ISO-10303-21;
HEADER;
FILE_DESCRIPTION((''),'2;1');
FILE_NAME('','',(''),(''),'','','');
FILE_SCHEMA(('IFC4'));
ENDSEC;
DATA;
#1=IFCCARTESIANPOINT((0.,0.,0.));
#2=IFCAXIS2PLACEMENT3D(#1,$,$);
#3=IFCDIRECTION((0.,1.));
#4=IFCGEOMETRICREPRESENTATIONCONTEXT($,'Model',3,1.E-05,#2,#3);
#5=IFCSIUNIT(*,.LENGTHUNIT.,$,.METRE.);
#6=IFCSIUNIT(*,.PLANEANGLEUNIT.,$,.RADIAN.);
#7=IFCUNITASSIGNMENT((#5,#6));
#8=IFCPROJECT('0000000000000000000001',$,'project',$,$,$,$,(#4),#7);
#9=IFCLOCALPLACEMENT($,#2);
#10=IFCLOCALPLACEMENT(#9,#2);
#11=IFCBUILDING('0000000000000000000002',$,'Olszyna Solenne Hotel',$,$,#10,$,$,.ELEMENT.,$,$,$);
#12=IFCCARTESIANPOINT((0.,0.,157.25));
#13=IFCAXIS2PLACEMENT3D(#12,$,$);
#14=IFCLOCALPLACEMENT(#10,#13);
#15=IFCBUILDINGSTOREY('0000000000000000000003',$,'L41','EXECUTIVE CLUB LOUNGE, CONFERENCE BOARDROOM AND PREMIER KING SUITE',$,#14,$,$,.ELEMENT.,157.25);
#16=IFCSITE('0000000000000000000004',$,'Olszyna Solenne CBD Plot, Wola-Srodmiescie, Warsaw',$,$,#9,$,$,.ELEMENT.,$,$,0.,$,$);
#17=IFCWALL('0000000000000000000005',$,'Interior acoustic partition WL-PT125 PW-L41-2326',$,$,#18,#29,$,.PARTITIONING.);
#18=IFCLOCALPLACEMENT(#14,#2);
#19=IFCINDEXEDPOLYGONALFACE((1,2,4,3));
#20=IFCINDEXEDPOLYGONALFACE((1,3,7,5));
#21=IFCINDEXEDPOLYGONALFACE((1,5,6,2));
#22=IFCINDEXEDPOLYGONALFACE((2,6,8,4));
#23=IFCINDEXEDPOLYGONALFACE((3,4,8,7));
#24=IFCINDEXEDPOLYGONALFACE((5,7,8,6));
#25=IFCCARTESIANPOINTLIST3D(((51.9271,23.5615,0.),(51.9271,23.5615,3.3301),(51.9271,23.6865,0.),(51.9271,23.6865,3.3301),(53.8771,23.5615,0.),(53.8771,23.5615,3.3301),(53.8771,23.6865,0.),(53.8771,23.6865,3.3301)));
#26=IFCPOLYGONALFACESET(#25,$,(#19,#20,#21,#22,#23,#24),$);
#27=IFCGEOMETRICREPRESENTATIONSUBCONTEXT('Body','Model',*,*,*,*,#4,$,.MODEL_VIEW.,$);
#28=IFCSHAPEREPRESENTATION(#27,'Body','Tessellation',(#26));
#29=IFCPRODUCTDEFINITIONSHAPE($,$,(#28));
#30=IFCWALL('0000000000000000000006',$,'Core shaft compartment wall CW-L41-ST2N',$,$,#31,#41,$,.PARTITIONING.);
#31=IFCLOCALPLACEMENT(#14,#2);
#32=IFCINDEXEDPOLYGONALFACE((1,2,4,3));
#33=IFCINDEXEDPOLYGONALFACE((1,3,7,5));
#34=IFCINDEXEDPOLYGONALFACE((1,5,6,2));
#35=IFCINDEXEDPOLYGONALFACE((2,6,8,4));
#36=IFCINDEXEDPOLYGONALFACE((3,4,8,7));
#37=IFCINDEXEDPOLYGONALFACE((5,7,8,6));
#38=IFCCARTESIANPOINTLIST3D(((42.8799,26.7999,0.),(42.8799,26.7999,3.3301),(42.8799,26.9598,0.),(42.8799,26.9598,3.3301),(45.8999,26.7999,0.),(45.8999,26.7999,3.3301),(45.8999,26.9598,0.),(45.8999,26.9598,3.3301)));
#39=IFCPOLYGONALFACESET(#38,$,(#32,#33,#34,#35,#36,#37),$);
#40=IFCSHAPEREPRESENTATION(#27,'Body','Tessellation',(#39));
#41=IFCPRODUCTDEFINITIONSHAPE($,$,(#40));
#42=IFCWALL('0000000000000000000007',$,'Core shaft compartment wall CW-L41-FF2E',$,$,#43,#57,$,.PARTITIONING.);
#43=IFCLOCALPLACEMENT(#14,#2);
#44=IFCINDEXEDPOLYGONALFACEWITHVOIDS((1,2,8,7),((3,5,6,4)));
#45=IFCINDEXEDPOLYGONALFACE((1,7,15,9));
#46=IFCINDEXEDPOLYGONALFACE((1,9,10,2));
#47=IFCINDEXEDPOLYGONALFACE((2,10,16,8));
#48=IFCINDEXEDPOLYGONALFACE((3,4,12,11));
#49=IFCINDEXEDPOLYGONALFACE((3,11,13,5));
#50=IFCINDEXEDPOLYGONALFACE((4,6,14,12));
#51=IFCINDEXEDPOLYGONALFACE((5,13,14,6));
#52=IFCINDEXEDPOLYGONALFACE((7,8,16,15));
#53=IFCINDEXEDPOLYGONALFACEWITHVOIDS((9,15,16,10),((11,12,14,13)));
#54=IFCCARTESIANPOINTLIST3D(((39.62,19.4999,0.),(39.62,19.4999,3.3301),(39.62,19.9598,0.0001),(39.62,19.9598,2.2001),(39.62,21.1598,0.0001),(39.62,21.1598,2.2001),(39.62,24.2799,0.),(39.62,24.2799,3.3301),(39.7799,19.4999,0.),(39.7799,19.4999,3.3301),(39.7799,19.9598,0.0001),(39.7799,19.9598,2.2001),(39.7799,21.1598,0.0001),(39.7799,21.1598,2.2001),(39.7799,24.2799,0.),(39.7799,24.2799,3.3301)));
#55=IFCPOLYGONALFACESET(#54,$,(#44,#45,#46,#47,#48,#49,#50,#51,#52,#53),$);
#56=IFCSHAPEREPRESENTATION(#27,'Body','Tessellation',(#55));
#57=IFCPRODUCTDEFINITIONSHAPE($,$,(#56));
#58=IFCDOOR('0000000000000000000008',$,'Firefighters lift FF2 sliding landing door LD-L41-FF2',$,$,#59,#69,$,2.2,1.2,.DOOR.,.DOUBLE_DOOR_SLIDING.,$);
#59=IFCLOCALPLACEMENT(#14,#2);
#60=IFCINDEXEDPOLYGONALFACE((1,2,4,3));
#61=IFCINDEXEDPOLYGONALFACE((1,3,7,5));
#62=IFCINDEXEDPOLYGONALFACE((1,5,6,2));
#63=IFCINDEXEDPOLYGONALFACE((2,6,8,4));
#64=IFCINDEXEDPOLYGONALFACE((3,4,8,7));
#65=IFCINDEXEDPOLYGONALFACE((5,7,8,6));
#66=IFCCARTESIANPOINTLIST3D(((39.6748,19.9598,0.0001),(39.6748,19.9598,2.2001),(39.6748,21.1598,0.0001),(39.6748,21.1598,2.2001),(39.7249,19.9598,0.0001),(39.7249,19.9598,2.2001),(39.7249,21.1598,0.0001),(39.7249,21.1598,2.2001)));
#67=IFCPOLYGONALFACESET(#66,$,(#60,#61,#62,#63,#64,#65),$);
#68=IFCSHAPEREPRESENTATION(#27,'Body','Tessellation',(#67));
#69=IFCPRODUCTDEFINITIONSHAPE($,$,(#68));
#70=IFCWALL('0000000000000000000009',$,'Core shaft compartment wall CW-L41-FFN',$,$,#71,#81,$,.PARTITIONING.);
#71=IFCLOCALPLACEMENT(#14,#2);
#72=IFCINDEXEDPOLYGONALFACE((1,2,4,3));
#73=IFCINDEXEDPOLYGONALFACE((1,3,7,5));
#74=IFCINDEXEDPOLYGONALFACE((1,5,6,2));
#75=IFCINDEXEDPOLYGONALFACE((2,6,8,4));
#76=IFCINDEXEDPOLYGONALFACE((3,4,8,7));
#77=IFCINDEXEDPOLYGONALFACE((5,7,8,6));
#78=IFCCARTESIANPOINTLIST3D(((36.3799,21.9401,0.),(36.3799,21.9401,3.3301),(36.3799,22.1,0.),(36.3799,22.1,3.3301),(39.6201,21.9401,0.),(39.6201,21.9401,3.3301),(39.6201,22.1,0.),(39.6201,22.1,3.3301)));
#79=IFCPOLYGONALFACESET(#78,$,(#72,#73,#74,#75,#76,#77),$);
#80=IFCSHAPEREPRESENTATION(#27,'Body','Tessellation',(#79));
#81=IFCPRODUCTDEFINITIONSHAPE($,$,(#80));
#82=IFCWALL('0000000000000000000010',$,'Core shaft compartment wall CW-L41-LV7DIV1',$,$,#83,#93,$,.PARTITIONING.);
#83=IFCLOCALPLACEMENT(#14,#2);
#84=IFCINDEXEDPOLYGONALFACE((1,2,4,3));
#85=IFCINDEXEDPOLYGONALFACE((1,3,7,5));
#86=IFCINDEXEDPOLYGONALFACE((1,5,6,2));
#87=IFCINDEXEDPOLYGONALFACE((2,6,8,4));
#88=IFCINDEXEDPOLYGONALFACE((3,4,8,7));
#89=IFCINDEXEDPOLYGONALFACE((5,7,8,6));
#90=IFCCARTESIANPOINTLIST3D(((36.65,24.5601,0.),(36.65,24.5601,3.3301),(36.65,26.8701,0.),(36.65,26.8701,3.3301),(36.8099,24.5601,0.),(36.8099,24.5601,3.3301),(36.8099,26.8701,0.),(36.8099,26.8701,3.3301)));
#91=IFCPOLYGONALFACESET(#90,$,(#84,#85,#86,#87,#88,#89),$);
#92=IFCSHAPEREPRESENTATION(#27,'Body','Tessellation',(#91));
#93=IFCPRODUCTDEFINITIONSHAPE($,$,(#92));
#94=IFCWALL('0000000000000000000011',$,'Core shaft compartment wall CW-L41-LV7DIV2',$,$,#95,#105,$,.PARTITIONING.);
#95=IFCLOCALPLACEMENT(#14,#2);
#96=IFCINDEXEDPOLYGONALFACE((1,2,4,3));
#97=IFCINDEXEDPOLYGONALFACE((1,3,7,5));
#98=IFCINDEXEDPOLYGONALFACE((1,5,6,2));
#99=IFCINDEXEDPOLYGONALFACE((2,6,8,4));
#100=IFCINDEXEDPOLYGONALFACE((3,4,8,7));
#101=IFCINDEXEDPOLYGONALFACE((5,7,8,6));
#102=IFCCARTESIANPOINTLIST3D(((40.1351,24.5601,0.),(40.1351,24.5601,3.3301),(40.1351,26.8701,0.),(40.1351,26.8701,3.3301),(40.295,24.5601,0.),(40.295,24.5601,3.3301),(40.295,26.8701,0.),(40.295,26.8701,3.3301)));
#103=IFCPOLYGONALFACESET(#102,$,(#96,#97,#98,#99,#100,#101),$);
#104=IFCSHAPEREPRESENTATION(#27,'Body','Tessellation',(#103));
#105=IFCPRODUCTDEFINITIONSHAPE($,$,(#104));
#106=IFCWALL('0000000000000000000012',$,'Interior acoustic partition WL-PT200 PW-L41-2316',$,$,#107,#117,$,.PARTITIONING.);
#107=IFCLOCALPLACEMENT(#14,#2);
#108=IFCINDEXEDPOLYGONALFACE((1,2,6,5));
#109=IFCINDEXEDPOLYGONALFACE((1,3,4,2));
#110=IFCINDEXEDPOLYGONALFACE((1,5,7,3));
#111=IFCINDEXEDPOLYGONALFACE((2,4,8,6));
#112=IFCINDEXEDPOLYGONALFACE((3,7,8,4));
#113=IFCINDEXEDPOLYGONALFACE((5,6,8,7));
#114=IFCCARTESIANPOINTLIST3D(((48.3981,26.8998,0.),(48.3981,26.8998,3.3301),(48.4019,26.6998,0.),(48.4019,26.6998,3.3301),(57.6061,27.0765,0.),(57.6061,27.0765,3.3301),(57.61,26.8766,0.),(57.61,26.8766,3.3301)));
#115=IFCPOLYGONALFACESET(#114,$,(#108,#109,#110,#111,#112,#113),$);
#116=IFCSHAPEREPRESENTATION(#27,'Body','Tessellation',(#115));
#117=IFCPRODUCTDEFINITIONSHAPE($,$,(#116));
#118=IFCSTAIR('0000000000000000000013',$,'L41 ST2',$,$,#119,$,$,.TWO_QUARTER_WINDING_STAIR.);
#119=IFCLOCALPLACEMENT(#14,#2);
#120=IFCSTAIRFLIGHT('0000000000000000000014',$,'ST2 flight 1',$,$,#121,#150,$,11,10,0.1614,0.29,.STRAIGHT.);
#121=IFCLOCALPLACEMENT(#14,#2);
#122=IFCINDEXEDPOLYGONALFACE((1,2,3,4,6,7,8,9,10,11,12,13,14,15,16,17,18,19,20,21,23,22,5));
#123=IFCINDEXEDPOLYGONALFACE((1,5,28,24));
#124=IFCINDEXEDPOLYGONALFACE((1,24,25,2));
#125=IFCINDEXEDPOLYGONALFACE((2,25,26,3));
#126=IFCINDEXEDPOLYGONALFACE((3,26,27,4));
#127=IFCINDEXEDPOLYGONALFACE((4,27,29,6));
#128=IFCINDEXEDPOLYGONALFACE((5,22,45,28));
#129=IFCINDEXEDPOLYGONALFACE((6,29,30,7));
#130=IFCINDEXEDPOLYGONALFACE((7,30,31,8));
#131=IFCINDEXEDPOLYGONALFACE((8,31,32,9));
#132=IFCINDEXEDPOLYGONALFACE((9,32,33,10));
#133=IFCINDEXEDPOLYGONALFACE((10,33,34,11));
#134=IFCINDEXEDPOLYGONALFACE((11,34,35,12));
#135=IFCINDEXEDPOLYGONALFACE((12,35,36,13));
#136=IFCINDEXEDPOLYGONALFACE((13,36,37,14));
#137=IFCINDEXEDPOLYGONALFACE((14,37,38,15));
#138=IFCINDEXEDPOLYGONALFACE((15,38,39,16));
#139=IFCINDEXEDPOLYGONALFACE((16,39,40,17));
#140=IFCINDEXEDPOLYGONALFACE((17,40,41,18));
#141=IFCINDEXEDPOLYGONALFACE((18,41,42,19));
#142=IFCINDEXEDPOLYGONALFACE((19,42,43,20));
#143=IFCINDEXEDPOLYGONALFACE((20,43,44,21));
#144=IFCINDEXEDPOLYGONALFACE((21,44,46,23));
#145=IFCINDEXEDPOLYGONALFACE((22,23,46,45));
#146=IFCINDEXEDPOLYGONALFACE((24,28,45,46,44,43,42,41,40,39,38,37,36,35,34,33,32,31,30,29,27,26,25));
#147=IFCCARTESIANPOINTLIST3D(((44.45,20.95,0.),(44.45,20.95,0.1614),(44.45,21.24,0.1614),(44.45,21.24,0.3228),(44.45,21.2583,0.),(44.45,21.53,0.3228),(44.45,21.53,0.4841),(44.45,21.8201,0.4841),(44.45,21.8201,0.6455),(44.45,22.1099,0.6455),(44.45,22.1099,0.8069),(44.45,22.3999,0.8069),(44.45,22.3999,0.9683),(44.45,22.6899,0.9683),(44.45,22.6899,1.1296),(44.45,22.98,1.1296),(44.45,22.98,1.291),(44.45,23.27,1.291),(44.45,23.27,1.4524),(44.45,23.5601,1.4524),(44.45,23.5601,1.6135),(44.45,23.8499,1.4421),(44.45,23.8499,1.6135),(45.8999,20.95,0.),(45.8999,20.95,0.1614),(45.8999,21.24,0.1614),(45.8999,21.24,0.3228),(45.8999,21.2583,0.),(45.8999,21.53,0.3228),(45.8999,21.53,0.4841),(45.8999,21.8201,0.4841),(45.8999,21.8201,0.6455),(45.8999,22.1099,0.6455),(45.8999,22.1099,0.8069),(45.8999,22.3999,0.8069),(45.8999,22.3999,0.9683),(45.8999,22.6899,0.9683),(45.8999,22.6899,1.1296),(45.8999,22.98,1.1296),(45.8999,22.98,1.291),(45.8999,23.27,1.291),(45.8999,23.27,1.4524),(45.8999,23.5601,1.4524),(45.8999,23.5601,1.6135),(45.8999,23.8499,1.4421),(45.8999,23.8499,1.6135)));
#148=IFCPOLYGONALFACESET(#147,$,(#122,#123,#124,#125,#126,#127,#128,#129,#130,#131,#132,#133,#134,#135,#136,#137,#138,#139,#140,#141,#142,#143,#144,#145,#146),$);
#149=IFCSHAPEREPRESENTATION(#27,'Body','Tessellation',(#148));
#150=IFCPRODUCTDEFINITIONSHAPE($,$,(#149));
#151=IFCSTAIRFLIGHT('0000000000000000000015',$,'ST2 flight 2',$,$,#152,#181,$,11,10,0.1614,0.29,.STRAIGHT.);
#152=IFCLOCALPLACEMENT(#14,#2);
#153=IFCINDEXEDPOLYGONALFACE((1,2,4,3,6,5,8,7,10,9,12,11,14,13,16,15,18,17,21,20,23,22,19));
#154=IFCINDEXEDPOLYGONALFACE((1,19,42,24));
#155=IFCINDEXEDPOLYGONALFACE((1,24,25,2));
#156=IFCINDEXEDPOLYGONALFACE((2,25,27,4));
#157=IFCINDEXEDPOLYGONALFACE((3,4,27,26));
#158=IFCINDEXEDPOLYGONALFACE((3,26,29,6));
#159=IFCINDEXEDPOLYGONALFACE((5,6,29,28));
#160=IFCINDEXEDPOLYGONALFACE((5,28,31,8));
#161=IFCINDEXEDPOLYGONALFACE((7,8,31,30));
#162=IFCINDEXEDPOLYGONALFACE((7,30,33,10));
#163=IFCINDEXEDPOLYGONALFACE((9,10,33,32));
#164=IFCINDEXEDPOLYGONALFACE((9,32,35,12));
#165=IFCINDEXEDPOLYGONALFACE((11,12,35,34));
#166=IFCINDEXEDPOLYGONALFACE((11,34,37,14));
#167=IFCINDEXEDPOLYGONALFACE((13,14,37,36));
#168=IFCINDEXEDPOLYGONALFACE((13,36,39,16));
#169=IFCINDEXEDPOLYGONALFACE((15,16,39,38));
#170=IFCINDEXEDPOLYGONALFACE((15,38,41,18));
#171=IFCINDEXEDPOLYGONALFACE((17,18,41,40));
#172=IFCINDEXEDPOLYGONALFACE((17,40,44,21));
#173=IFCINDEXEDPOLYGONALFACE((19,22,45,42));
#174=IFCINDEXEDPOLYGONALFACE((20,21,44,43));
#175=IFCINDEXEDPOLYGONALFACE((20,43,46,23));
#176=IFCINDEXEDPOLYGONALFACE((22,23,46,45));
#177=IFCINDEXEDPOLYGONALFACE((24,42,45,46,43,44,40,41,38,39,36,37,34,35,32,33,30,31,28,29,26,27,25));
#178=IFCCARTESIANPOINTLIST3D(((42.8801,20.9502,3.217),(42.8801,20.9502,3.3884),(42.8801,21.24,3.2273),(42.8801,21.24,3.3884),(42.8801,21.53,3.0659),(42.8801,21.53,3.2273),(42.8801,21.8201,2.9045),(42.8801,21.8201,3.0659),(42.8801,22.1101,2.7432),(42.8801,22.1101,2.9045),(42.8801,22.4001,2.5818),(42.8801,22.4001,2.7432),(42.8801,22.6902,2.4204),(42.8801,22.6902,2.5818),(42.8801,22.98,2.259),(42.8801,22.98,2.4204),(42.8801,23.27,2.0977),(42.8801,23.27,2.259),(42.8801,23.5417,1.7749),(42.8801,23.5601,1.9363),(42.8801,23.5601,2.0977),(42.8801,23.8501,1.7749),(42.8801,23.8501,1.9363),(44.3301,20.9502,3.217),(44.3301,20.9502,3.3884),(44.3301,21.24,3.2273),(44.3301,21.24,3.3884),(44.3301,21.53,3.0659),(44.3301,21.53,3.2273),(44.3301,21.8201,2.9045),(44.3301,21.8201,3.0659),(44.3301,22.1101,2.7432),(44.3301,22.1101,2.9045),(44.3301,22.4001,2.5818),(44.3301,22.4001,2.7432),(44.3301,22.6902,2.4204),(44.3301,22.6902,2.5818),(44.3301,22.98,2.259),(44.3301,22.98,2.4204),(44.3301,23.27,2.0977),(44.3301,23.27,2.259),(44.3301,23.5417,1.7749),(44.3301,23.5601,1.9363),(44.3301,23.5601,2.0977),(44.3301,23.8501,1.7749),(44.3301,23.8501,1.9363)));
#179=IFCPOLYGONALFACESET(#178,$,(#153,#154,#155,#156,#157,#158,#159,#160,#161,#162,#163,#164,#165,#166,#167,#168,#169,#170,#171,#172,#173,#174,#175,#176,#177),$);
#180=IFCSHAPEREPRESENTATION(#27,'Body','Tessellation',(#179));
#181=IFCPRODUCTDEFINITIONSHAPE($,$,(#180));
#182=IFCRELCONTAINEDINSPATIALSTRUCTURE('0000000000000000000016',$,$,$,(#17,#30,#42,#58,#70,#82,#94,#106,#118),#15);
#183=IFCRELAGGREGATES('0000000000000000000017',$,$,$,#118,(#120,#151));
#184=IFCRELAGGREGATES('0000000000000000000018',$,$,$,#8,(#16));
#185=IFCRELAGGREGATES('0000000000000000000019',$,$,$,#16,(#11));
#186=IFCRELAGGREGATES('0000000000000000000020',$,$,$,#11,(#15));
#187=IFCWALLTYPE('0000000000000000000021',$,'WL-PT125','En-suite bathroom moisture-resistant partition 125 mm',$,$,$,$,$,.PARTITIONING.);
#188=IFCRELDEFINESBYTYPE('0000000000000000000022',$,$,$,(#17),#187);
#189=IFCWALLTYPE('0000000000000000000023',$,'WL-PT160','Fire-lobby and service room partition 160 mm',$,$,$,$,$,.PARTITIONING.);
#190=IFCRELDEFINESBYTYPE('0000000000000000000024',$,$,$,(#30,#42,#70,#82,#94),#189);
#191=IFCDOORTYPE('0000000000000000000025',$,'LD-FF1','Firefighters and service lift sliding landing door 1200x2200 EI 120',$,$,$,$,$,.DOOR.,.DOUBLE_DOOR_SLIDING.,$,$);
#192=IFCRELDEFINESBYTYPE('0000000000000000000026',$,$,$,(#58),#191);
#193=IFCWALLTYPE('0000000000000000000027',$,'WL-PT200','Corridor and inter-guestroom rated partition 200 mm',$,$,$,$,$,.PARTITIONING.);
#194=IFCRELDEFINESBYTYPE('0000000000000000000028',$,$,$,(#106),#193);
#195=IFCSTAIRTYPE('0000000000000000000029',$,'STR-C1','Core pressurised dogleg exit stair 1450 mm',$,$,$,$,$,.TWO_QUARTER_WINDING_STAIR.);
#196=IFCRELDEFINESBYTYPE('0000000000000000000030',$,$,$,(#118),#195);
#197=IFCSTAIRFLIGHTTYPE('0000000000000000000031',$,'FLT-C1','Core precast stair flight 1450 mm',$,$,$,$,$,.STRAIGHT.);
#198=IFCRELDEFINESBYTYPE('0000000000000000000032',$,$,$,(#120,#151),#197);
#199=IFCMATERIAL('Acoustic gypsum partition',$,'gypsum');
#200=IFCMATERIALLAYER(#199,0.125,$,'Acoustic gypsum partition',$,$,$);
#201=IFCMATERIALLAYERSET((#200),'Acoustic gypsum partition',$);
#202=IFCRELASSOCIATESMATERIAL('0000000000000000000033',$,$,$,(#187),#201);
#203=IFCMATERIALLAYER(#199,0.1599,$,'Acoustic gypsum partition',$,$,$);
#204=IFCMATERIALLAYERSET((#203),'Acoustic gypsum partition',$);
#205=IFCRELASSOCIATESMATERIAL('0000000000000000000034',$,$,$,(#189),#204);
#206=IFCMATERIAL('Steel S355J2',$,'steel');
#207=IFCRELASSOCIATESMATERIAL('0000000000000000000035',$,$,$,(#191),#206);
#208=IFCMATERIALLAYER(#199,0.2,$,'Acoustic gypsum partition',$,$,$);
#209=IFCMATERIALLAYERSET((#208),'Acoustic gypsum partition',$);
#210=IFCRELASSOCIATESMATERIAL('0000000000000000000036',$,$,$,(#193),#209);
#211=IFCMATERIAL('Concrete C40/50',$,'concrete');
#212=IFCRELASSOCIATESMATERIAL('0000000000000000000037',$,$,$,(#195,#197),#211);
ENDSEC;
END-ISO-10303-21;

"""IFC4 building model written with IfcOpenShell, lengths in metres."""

from ifc_helpers import new_model, si_unit, direction, frame, frame_2d, origin, place, context, subcontext, project, spatial, polyline, rectangle, outline, extrude, source, transform, mapped, material, layer, layer_set, type_object, type_shapes, element, fill, aggregate, save


model = new_model("IFC4")

# Units and contexts
model_context = context("Model", 3, precision=1e-05, world=origin(), true_north=direction((0.0, 1.0)))
body_context = subcontext(model_context, "Body", "Model", "MODEL_VIEW")
ifc_project = project(units=[si_unit("LENGTHUNIT", "METRE"), si_unit("PLANEANGLEUNIT", "RADIAN")], contexts=[model_context])

# Site, building, storey
site_placement = place(None, origin())
site = spatial("IfcSite", under=ifc_project, at=site_placement, Name="Olszyna Solenne CBD Plot, Wola-Srodmiescie, Warsaw", CompositionType="ELEMENT", RefElevation=0.0)
building_placement = place(site_placement, origin())
building = spatial("IfcBuilding", under=site, at=building_placement, Name="Olszyna Solenne Hotel", CompositionType="ELEMENT")
storey_placement = place(building_placement, frame((0.0, 0.0, 157.25)))
storey = spatial("IfcBuildingStorey", under=building, at=storey_placement, Name="L41", Description="EXECUTIVE CLUB LOUNGE, CONFERENCE BOARDROOM AND PREMIER KING SUITE", CompositionType="ELEMENT", Elevation=157.25)

# Shared definitions
ifc_material_1 = material(Name="Steel S355J2", Category="steel")

# Shared definitions
ifc_material_2 = material(Name="Acoustic gypsum partition", Category="gypsum")
ifc_layer_1 = layer(ifc_material_2, 0.125, Name="Acoustic gypsum partition")
ifc_layer_set_1 = layer_set([ifc_layer_1], Name="Acoustic gypsum partition")
wall_type_1 = type_object("IfcWallType", Name="WL-PT125", Description="En-suite bathroom moisture-resistant partition 125 mm", PredefinedType="PARTITIONING", material=ifc_layer_set_1)

# Walls
wall_1_placement = place(storey_placement, frame((51.927, 23.624, 0.0), z_axis=(0.0, 0.0, 1.0), x_axis=(1.0, 0.0, 0.0)))
element("IfcWall", 1, at=wall_1_placement, inside=storey, type_object=wall_type_1, Name="Interior acoustic partition WL-PT125 PW-L41-2326", PredefinedType="PARTITIONING", context=body_context, shape_type="SweptSolid", body=[
    extrude(rectangle(XDim=1.95, YDim=0.125, at=frame_2d((0.9751, 0.0))), origin(), (0.0, 0.0, 1.0), 3.3301),
])
ifc_layer_2 = layer(ifc_material_2, 0.1599, Name="Acoustic gypsum partition")
ifc_layer_set_2 = layer_set([ifc_layer_2], Name="Acoustic gypsum partition")
wall_type_2 = type_object("IfcWallType", Name="WL-PT160", Description="Fire-lobby and service room partition 160 mm", PredefinedType="PARTITIONING", material=ifc_layer_set_2)
wall_2_placement = place(storey_placement, frame((42.8799, 26.8799, 0.0), z_axis=(0.0, 0.0, 1.0), x_axis=(1.0, 0.0, 0.0)))
element("IfcWall", 2, at=wall_2_placement, inside=storey, type_object=wall_type_2, Name="Core shaft compartment wall CW-L41-ST2N", PredefinedType="PARTITIONING", context=body_context, shape_type="SweptSolid", body=[
    extrude(rectangle(XDim=3.02, YDim=0.1599, at=frame_2d((1.51, 0.0))), origin(), (0.0, 0.0, 1.0), 3.3301),
])

# Wall, opening, door
wall_3_placement = place(storey_placement, frame((39.7, 24.28, 0.0), z_axis=(0.0, 0.0, 1.0), x_axis=(0.0, -1.0, 0.0)))
wall_3 = element("IfcWall", 3, at=wall_3_placement, inside=storey, type_object=wall_type_2, Name="Core shaft compartment wall CW-L41-FF2E", PredefinedType="PARTITIONING", context=body_context, shape_type="SweptSolid", body=[
    extrude(rectangle(XDim=4.78, YDim=0.1599, at=frame_2d((2.3901, 0.0))), origin(), (0.0, 0.0, 1.0), 3.3301),
])
opening_1_placement = place(wall_3_placement, frame((3.1201, 0.0, 0.0)))
opening_1 = element("IfcOpeningElement", 4, at=opening_1_placement, cuts=wall_3, PredefinedType="OPENING", context=body_context, shape_type="SweptSolid", body=[
    extrude(rectangle(XDim=1.2, YDim=2.2, at=frame_2d((0.6001, 1.1001))), frame((0.0, 0.0898, 0.0), z_axis=(0.0, -1.0, 0.0), x_axis=(1.0, 0.0, 0.0)), (0.0, 0.0, 1.0), 0.1799),
])
door_type_1 = type_object("IfcDoorType", Name="LD-FF1", Description="Firefighters and service lift sliding landing door 1200x2200 EI 120", OperationType="DOUBLE_DOOR_SLIDING", PredefinedType="DOOR", material=ifc_material_1)
shared_shape_1 = source(origin(), body_context, "Body", "SweptSolid", [
    extrude(rectangle(XDim=1.2, YDim=2.2, at=frame_2d((0.6001, 1.1001))), frame((0.0, 0.0249, 0.0), z_axis=(0.0, -1.0, 0.0), x_axis=(1.0, 0.0, 0.0)), (0.0, 0.0, 1.0), 0.05),
])
type_shapes(door_type_1, [shared_shape_1])
door_1_placement = place(opening_1_placement, origin())
door_1 = element("IfcDoor", 5, at=door_1_placement, inside=storey, type_object=door_type_1, Name="Firefighters lift FF2 sliding landing door LD-L41-FF2", OperationType="DOUBLE_DOOR_SLIDING", OverallHeight=2.2, OverallWidth=1.2, PredefinedType="DOOR", context=body_context, shape_type="MappedRepresentation", body=[
    mapped(shared_shape_1, transform((0.0, 0.0, 0.0), x_axis=(1.0, 0.0, 0.0), y_axis=(0.0, 1.0, 0.0), z_axis=(0.0, 0.0, 1.0), scale=1.0)),
])
fill(opening_1, door_1)

# Walls
wall_4_placement = place(storey_placement, frame((36.3799, 22.02, 0.0), z_axis=(0.0, 0.0, 1.0), x_axis=(1.0, 0.0, 0.0)))
element("IfcWall", 6, at=wall_4_placement, inside=storey, type_object=wall_type_2, Name="Core shaft compartment wall CW-L41-FFN", PredefinedType="PARTITIONING", context=body_context, shape_type="SweptSolid", body=[
    extrude(rectangle(XDim=3.2402, YDim=0.1599, at=frame_2d((1.6201, 0.0))), origin(), (0.0, 0.0, 1.0), 3.3301),
])
for number, where, z_axis, x_axis, name in (
    (7, (36.73, 24.5601, 0.0), (0.0, 0.0, 1.0), (0.0, 1.0, 0.0), "Core shaft compartment wall CW-L41-LV7DIV1"),
    (8, (40.2151, 24.5601, 0.0), (0.0, 0.0, 1.0), (0.0, 1.0, 0.0), "Core shaft compartment wall CW-L41-LV7DIV2"),
):
    element("IfcWall", number, at=place(storey_placement, frame(where, z_axis=z_axis, x_axis=x_axis)), inside=storey, type_object=wall_type_2, Name=name, PredefinedType="PARTITIONING", context=body_context, shape_type="SweptSolid", body=[
        extrude(rectangle(XDim=2.3101, YDim=0.1599, at=frame_2d((1.155, 0.0))), origin(), (0.0, 0.0, 1.0), 3.3301),
    ])
ifc_layer_3 = layer(ifc_material_2, 0.2, Name="Acoustic gypsum partition")
ifc_layer_set_3 = layer_set([ifc_layer_3], Name="Acoustic gypsum partition")
wall_type_3 = type_object("IfcWallType", Name="WL-PT200", Description="Corridor and inter-guestroom rated partition 200 mm", PredefinedType="PARTITIONING", material=ifc_layer_set_3)
wall_5_placement = place(storey_placement, frame((48.3999, 26.7998, 0.0), z_axis=(0.0, 0.0, 1.0), x_axis=(0.999816, 0.019193, 0.0)))
element("IfcWall", 9, at=wall_5_placement, inside=storey, type_object=wall_type_3, Name="Interior acoustic partition WL-PT200 PW-L41-2316", PredefinedType="PARTITIONING", context=body_context, shape_type="SweptSolid", body=[
    extrude(rectangle(XDim=9.2097, YDim=0.2, at=frame_2d((4.605, 0.0))), origin(), (0.0, 0.0, 1.0), 3.3301),
])

# Stair, stair flights
ifc_material_3 = material(Name="Concrete C40/50", Category="concrete")
stair_type = type_object("IfcStairType", Name="STR-C1", Description="Core pressurised dogleg exit stair 1450 mm", PredefinedType="TWO_QUARTER_WINDING_STAIR", material=ifc_material_3)
stair_placement = place(storey_placement, origin())
stair = element("IfcStair", 10, at=stair_placement, inside=storey, type_object=stair_type, Name="L41 ST2", PredefinedType="TWO_QUARTER_WINDING_STAIR")
stair_flight_type = type_object("IfcStairFlightType", Name="FLT-C1", Description="Core precast stair flight 1450 mm", PredefinedType="STRAIGHT", material=ifc_material_3)
stair_flight_1_placement = place(storey_placement, frame((45.175, 20.95, 0.0), z_axis=(0.0, 0.0, 1.0), x_axis=(0.0, 1.0, 0.0)))
stair_flight_1 = element("IfcStairFlight", 11, at=stair_flight_1_placement, type_object=stair_flight_type, Name="ST2 flight 1", NumberOfRisers=11, NumberOfTreads=10, PredefinedType="STRAIGHT", RiserHeight=0.1614, TreadLength=0.29, context=body_context, shape_type="SweptSolid", body=[
    extrude(outline(polyline([(0.0, 0.0), (0.0, 0.1614), (0.29, 0.1614), (0.29, 0.3228), (0.5801, 0.3228), (0.5801, 0.4841), (0.8701, 0.4841), (0.8701, 0.6455), (1.1599, 0.6455), (1.1599, 0.8069), (1.45, 0.8069), (1.45, 0.9683), (1.74, 0.9683), (1.74, 1.1296), (2.03, 1.1296), (2.03, 1.291), (2.3201, 1.291), (2.3201, 1.4524), (2.6101, 1.4524), (2.6101, 1.6135), (2.8999, 1.6135), (2.8999, 1.7749), (2.8999, 1.4421), (0.3083, 0.0), (0.0, 0.0)])), frame((0.0, 0.7251, 0.0), z_axis=(0.0, -1.0, 0.0), x_axis=(1.0, 0.0, 0.0)), (0.0, 0.0, 1.0), 1.45),
])
stair_flight_2_placement = place(storey_placement, frame((43.605, 23.8501, 1.7749), z_axis=(0.0, 0.0, 1.0), x_axis=(0.0, -1.0, 0.0)))
stair_flight_2 = element("IfcStairFlight", 12, at=stair_flight_2_placement, type_object=stair_flight_type, Name="ST2 flight 2", NumberOfRisers=11, NumberOfTreads=10, PredefinedType="STRAIGHT", RiserHeight=0.1614, TreadLength=0.29, context=body_context, shape_type="SweptSolid", body=[
    extrude(outline(polyline([(0.0, 0.0), (0.0, 0.1614), (0.29, 0.1614), (0.29, 0.3228), (0.5801, 0.3228), (0.5801, 0.4841), (0.8701, 0.4841), (0.8701, 0.6455), (1.1599, 0.6455), (1.1599, 0.8069), (1.45, 0.8069), (1.45, 0.9683), (1.74, 0.9683), (1.74, 1.1296), (2.03, 1.1296), (2.03, 1.291), (2.3201, 1.291), (2.3201, 1.4524), (2.6101, 1.4524), (2.6101, 1.6135), (2.8999, 1.6135), (2.8999, 1.7749), (2.8999, 1.4421), (0.3083, 0.0), (0.0, 0.0)])), frame((0.0, 0.7251, 0.0), z_axis=(0.0, -1.0, 0.0), x_axis=(1.0, 0.0, 0.0)), (0.0, 0.0, 1.0), 1.45),
])
aggregate(stair, [stair_flight_1, stair_flight_2])

save(model, "model.ifc")
